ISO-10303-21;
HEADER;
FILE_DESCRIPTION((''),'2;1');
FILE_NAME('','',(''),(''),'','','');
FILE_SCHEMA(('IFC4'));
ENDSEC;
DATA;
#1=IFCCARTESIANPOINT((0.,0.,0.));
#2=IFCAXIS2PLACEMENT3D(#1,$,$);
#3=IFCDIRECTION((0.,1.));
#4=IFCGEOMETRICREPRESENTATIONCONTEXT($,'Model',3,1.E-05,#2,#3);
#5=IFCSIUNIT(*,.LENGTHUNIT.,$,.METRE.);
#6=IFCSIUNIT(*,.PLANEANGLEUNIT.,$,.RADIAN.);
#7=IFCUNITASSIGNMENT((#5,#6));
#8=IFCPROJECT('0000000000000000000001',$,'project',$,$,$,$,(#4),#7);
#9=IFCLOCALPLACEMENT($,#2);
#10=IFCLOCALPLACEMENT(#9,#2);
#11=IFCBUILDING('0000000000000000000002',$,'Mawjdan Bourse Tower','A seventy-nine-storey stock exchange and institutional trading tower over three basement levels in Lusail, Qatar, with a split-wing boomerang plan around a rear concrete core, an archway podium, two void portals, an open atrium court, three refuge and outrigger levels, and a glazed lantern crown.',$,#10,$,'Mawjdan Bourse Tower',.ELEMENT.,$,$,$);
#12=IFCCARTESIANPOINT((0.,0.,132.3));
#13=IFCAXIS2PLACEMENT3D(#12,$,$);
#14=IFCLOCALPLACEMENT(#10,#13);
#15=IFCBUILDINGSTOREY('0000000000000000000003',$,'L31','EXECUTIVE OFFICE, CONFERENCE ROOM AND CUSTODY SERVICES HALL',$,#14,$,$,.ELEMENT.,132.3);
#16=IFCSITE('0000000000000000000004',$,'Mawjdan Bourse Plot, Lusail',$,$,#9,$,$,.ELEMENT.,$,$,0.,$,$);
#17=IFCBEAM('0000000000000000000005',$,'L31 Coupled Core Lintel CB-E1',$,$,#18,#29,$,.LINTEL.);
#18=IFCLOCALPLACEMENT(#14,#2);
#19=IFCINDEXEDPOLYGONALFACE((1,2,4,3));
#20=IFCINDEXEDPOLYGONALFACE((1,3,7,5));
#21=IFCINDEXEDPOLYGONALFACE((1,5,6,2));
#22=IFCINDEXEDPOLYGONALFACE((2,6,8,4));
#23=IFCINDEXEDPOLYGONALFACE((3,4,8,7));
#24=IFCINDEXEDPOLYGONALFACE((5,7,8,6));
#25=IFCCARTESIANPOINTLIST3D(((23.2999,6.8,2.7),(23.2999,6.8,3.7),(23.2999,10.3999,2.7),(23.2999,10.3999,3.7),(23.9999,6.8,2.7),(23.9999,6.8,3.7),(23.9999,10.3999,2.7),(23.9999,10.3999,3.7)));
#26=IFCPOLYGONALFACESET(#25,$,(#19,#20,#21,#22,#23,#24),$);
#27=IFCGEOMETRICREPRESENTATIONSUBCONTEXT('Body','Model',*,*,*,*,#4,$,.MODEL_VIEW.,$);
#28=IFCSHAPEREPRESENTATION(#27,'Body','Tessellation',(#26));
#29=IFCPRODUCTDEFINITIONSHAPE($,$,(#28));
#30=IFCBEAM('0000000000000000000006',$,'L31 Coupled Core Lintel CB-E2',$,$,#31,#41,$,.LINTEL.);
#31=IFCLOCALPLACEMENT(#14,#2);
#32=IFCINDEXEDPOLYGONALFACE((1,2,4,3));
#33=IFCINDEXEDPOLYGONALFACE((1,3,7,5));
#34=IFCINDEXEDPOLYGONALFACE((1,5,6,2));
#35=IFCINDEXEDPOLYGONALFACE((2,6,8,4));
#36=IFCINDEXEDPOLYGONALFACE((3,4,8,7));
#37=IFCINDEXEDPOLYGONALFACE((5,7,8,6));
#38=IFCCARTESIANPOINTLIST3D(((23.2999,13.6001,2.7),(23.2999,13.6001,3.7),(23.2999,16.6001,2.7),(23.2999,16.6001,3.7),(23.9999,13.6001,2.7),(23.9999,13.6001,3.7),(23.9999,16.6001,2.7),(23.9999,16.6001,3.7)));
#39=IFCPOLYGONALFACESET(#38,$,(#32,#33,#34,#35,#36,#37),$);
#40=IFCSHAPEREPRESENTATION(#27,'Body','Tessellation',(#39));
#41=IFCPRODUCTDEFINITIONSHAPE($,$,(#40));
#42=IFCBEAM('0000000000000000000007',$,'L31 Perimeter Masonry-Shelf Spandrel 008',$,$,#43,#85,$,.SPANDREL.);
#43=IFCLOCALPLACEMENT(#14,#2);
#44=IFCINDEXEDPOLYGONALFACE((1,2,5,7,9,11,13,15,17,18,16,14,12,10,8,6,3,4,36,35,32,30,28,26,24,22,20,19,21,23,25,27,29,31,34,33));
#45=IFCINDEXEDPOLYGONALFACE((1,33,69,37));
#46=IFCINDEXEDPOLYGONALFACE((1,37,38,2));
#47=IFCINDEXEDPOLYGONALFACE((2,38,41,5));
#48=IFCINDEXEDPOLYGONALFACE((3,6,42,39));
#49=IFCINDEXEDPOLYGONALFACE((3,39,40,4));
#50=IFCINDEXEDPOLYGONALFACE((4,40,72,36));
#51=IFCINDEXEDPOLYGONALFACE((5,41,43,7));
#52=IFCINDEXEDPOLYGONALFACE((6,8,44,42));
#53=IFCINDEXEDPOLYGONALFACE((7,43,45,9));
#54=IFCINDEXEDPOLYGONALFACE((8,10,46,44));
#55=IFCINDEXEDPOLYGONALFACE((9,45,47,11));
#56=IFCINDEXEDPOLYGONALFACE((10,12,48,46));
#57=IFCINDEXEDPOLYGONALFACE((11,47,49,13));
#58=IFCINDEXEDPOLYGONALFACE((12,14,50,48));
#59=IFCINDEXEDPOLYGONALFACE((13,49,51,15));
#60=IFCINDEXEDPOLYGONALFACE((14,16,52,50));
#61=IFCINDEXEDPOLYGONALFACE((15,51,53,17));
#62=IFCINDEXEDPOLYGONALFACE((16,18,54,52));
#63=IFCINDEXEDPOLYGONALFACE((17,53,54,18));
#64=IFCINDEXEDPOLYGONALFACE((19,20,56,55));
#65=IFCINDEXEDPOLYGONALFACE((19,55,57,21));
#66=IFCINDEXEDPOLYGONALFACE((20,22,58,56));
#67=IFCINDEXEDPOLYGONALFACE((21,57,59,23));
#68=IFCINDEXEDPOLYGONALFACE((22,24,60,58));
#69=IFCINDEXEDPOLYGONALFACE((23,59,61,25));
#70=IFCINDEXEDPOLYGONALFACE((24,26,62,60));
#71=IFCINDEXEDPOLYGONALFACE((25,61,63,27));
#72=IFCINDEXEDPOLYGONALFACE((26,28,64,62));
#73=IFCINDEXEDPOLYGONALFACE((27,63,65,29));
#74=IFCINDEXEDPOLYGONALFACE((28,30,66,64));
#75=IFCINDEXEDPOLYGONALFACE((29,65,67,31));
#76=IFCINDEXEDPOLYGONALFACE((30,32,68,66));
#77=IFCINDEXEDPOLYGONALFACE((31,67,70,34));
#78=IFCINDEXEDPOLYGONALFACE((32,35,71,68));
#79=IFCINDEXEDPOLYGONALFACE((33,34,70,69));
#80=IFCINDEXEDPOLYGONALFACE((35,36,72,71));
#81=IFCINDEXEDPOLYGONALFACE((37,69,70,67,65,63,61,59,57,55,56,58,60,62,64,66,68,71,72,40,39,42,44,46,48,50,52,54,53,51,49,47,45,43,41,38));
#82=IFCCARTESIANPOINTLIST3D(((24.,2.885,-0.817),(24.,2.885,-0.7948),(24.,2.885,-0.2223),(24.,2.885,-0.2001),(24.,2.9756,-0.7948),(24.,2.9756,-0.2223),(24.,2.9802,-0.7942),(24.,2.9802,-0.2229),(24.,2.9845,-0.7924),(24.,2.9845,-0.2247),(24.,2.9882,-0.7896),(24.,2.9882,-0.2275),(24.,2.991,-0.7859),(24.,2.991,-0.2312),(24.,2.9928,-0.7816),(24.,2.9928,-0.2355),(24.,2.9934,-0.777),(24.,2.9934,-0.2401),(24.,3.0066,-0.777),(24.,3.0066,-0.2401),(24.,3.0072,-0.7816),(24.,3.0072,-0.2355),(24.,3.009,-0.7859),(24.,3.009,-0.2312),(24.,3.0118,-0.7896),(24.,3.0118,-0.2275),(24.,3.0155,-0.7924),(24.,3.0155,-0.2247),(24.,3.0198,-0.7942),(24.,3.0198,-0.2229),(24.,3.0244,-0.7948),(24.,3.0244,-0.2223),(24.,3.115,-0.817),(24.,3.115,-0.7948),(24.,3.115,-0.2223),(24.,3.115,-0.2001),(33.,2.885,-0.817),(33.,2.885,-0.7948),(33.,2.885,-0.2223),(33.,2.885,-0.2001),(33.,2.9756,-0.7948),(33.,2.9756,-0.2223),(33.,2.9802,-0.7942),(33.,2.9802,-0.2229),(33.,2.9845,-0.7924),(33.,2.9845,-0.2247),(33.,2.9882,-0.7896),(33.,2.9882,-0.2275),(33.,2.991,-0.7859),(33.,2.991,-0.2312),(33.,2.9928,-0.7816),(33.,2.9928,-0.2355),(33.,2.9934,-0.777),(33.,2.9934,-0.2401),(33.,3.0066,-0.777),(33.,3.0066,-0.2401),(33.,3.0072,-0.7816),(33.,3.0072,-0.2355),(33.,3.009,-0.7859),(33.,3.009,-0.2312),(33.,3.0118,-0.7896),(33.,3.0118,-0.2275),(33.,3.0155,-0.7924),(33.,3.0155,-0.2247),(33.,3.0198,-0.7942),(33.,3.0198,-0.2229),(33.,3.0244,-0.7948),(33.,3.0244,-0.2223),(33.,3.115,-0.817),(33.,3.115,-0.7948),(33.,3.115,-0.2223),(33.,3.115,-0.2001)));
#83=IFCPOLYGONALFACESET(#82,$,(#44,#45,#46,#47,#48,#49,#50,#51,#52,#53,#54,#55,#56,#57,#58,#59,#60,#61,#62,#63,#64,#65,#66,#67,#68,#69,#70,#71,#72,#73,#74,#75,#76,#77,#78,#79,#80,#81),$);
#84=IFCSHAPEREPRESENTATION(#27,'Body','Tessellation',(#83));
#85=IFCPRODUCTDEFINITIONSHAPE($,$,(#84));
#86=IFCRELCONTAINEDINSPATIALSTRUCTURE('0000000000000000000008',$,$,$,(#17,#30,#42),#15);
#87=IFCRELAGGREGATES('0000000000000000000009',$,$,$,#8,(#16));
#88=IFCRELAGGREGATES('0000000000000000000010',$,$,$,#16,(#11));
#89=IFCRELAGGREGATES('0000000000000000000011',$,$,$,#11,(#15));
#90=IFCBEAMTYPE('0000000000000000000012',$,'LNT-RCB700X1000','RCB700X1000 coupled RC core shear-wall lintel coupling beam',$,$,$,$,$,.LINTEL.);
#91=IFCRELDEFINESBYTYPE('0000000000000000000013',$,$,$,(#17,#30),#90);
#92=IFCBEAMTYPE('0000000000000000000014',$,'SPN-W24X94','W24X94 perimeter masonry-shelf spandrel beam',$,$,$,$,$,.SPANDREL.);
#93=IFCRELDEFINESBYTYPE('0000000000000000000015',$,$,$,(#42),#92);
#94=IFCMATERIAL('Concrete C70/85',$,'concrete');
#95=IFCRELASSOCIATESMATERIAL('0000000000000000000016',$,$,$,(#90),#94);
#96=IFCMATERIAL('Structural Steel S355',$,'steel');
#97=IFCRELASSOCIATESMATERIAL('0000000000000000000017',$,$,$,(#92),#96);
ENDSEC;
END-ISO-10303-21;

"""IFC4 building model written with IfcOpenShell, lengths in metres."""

from ifc_helpers import new_model, si_unit, direction, frame, origin, origin_2d, place, context, subcontext, project, spatial, rectangle, i_section, extrude, material, material_profile, profile_set, type_object, element, save


model = new_model("IFC4")

# Units and contexts
model_context = context("Model", 3, precision=1e-05, world=origin(), true_north=direction((0.0, 1.0)))
body_context = subcontext(model_context, "Body", "Model", "MODEL_VIEW")
ifc_project = project(units=[si_unit("LENGTHUNIT", "METRE"), si_unit("PLANEANGLEUNIT", "RADIAN")], contexts=[model_context])

# Site, building, storey
site_placement = place(None, origin())
site = spatial("IfcSite", under=ifc_project, at=site_placement, Name="Mawjdan Bourse Plot, Lusail", CompositionType="ELEMENT", RefElevation=0.0)
building_placement = place(site_placement, origin())
building = spatial("IfcBuilding", under=site, at=building_placement, Name="Mawjdan Bourse Tower", Description="A seventy-nine-storey stock exchange and institutional trading tower over three basement levels in Lusail, Qatar, with a split-wing boomerang plan around a rear concrete core, an archway podium, two void portals, an open atrium court, three refuge and outrigger levels, and a glazed lantern crown.", LongName="Mawjdan Bourse Tower", CompositionType="ELEMENT")
storey_placement = place(building_placement, frame((0.0, 0.0, 132.3)))
storey = spatial("IfcBuildingStorey", under=building, at=storey_placement, Name="L31", Description="EXECUTIVE OFFICE, CONFERENCE ROOM AND CUSTODY SERVICES HALL", CompositionType="ELEMENT", Elevation=132.3)

# Shared definitions
ifc_material_1 = material(Name="Concrete C70/85", Category="concrete")

# Beams
ifc_material_2 = material(Name="Structural Steel S355", Category="steel")
ifc_material_profile_1 = material_profile(ifc_material_1, rectangle(XDim=0.7, YDim=1.0, at=origin_2d()), Name="RCB700X1000")
ifc_profile_set_1 = profile_set([ifc_material_profile_1], Name="Concrete C70/85")
beam_type_1 = type_object("IfcBeamType", Name="LNT-RCB700X1000", Description="RCB700X1000 coupled RC core shear-wall lintel coupling beam", PredefinedType="LINTEL", material=ifc_profile_set_1)
beam_1_placement = place(storey_placement, frame((23.6499, 6.8, 3.2), z_axis=(0.0, 1.0, 0.0), x_axis=(-1.0, 0.0, 0.0)))
element("IfcBeam", 1, at=beam_1_placement, inside=storey, type_object=beam_type_1, Name="L31 Coupled Core Lintel CB-E1", PredefinedType="LINTEL", context=body_context, shape_type="SweptSolid", body=[
    extrude(rectangle(XDim=0.7, YDim=1.0, at=origin_2d()), origin(), (0.0, 0.0, 1.0), 3.5999),
])
beam_2_placement = place(storey_placement, frame((23.6499, 13.6001, 3.2), z_axis=(0.0, 1.0, 0.0), x_axis=(-1.0, 0.0, 0.0)))
element("IfcBeam", 2, at=beam_2_placement, inside=storey, type_object=beam_type_1, Name="L31 Coupled Core Lintel CB-E2", PredefinedType="LINTEL", context=body_context, shape_type="SweptSolid", body=[
    extrude(rectangle(XDim=0.7, YDim=1.0, at=origin_2d()), origin(), (0.0, 0.0, 1.0), 3.0),
])
ifc_material_profile_2 = material_profile(ifc_material_2, i_section(OverallWidth=0.23, OverallDepth=0.6169, WebThickness=0.0132, FlangeThickness=0.0222, FilletRadius=0.0178, at=origin_2d()), Name="W24X94")
ifc_profile_set_2 = profile_set([ifc_material_profile_2], Name="Structural Steel S355")
beam_type_2 = type_object("IfcBeamType", Name="SPN-W24X94", Description="W24X94 perimeter masonry-shelf spandrel beam", PredefinedType="SPANDREL", material=ifc_profile_set_2)
beam_3_placement = place(storey_placement, frame((24.0, 3.0, -0.5085), z_axis=(1.0, 0.0, 0.0), x_axis=(0.0, 1.0, 0.0)))
element("IfcBeam", 3, at=beam_3_placement, inside=storey, type_object=beam_type_2, Name="L31 Perimeter Masonry-Shelf Spandrel 008", PredefinedType="SPANDREL", context=body_context, shape_type="SweptSolid", body=[
    extrude(i_section(OverallWidth=0.23, OverallDepth=0.6169, WebThickness=0.0132, FlangeThickness=0.0222, FilletRadius=0.0178, at=origin_2d()), origin(), (0.0, 0.0, 1.0), 9.0),
])

save(model, "model.ifc")
